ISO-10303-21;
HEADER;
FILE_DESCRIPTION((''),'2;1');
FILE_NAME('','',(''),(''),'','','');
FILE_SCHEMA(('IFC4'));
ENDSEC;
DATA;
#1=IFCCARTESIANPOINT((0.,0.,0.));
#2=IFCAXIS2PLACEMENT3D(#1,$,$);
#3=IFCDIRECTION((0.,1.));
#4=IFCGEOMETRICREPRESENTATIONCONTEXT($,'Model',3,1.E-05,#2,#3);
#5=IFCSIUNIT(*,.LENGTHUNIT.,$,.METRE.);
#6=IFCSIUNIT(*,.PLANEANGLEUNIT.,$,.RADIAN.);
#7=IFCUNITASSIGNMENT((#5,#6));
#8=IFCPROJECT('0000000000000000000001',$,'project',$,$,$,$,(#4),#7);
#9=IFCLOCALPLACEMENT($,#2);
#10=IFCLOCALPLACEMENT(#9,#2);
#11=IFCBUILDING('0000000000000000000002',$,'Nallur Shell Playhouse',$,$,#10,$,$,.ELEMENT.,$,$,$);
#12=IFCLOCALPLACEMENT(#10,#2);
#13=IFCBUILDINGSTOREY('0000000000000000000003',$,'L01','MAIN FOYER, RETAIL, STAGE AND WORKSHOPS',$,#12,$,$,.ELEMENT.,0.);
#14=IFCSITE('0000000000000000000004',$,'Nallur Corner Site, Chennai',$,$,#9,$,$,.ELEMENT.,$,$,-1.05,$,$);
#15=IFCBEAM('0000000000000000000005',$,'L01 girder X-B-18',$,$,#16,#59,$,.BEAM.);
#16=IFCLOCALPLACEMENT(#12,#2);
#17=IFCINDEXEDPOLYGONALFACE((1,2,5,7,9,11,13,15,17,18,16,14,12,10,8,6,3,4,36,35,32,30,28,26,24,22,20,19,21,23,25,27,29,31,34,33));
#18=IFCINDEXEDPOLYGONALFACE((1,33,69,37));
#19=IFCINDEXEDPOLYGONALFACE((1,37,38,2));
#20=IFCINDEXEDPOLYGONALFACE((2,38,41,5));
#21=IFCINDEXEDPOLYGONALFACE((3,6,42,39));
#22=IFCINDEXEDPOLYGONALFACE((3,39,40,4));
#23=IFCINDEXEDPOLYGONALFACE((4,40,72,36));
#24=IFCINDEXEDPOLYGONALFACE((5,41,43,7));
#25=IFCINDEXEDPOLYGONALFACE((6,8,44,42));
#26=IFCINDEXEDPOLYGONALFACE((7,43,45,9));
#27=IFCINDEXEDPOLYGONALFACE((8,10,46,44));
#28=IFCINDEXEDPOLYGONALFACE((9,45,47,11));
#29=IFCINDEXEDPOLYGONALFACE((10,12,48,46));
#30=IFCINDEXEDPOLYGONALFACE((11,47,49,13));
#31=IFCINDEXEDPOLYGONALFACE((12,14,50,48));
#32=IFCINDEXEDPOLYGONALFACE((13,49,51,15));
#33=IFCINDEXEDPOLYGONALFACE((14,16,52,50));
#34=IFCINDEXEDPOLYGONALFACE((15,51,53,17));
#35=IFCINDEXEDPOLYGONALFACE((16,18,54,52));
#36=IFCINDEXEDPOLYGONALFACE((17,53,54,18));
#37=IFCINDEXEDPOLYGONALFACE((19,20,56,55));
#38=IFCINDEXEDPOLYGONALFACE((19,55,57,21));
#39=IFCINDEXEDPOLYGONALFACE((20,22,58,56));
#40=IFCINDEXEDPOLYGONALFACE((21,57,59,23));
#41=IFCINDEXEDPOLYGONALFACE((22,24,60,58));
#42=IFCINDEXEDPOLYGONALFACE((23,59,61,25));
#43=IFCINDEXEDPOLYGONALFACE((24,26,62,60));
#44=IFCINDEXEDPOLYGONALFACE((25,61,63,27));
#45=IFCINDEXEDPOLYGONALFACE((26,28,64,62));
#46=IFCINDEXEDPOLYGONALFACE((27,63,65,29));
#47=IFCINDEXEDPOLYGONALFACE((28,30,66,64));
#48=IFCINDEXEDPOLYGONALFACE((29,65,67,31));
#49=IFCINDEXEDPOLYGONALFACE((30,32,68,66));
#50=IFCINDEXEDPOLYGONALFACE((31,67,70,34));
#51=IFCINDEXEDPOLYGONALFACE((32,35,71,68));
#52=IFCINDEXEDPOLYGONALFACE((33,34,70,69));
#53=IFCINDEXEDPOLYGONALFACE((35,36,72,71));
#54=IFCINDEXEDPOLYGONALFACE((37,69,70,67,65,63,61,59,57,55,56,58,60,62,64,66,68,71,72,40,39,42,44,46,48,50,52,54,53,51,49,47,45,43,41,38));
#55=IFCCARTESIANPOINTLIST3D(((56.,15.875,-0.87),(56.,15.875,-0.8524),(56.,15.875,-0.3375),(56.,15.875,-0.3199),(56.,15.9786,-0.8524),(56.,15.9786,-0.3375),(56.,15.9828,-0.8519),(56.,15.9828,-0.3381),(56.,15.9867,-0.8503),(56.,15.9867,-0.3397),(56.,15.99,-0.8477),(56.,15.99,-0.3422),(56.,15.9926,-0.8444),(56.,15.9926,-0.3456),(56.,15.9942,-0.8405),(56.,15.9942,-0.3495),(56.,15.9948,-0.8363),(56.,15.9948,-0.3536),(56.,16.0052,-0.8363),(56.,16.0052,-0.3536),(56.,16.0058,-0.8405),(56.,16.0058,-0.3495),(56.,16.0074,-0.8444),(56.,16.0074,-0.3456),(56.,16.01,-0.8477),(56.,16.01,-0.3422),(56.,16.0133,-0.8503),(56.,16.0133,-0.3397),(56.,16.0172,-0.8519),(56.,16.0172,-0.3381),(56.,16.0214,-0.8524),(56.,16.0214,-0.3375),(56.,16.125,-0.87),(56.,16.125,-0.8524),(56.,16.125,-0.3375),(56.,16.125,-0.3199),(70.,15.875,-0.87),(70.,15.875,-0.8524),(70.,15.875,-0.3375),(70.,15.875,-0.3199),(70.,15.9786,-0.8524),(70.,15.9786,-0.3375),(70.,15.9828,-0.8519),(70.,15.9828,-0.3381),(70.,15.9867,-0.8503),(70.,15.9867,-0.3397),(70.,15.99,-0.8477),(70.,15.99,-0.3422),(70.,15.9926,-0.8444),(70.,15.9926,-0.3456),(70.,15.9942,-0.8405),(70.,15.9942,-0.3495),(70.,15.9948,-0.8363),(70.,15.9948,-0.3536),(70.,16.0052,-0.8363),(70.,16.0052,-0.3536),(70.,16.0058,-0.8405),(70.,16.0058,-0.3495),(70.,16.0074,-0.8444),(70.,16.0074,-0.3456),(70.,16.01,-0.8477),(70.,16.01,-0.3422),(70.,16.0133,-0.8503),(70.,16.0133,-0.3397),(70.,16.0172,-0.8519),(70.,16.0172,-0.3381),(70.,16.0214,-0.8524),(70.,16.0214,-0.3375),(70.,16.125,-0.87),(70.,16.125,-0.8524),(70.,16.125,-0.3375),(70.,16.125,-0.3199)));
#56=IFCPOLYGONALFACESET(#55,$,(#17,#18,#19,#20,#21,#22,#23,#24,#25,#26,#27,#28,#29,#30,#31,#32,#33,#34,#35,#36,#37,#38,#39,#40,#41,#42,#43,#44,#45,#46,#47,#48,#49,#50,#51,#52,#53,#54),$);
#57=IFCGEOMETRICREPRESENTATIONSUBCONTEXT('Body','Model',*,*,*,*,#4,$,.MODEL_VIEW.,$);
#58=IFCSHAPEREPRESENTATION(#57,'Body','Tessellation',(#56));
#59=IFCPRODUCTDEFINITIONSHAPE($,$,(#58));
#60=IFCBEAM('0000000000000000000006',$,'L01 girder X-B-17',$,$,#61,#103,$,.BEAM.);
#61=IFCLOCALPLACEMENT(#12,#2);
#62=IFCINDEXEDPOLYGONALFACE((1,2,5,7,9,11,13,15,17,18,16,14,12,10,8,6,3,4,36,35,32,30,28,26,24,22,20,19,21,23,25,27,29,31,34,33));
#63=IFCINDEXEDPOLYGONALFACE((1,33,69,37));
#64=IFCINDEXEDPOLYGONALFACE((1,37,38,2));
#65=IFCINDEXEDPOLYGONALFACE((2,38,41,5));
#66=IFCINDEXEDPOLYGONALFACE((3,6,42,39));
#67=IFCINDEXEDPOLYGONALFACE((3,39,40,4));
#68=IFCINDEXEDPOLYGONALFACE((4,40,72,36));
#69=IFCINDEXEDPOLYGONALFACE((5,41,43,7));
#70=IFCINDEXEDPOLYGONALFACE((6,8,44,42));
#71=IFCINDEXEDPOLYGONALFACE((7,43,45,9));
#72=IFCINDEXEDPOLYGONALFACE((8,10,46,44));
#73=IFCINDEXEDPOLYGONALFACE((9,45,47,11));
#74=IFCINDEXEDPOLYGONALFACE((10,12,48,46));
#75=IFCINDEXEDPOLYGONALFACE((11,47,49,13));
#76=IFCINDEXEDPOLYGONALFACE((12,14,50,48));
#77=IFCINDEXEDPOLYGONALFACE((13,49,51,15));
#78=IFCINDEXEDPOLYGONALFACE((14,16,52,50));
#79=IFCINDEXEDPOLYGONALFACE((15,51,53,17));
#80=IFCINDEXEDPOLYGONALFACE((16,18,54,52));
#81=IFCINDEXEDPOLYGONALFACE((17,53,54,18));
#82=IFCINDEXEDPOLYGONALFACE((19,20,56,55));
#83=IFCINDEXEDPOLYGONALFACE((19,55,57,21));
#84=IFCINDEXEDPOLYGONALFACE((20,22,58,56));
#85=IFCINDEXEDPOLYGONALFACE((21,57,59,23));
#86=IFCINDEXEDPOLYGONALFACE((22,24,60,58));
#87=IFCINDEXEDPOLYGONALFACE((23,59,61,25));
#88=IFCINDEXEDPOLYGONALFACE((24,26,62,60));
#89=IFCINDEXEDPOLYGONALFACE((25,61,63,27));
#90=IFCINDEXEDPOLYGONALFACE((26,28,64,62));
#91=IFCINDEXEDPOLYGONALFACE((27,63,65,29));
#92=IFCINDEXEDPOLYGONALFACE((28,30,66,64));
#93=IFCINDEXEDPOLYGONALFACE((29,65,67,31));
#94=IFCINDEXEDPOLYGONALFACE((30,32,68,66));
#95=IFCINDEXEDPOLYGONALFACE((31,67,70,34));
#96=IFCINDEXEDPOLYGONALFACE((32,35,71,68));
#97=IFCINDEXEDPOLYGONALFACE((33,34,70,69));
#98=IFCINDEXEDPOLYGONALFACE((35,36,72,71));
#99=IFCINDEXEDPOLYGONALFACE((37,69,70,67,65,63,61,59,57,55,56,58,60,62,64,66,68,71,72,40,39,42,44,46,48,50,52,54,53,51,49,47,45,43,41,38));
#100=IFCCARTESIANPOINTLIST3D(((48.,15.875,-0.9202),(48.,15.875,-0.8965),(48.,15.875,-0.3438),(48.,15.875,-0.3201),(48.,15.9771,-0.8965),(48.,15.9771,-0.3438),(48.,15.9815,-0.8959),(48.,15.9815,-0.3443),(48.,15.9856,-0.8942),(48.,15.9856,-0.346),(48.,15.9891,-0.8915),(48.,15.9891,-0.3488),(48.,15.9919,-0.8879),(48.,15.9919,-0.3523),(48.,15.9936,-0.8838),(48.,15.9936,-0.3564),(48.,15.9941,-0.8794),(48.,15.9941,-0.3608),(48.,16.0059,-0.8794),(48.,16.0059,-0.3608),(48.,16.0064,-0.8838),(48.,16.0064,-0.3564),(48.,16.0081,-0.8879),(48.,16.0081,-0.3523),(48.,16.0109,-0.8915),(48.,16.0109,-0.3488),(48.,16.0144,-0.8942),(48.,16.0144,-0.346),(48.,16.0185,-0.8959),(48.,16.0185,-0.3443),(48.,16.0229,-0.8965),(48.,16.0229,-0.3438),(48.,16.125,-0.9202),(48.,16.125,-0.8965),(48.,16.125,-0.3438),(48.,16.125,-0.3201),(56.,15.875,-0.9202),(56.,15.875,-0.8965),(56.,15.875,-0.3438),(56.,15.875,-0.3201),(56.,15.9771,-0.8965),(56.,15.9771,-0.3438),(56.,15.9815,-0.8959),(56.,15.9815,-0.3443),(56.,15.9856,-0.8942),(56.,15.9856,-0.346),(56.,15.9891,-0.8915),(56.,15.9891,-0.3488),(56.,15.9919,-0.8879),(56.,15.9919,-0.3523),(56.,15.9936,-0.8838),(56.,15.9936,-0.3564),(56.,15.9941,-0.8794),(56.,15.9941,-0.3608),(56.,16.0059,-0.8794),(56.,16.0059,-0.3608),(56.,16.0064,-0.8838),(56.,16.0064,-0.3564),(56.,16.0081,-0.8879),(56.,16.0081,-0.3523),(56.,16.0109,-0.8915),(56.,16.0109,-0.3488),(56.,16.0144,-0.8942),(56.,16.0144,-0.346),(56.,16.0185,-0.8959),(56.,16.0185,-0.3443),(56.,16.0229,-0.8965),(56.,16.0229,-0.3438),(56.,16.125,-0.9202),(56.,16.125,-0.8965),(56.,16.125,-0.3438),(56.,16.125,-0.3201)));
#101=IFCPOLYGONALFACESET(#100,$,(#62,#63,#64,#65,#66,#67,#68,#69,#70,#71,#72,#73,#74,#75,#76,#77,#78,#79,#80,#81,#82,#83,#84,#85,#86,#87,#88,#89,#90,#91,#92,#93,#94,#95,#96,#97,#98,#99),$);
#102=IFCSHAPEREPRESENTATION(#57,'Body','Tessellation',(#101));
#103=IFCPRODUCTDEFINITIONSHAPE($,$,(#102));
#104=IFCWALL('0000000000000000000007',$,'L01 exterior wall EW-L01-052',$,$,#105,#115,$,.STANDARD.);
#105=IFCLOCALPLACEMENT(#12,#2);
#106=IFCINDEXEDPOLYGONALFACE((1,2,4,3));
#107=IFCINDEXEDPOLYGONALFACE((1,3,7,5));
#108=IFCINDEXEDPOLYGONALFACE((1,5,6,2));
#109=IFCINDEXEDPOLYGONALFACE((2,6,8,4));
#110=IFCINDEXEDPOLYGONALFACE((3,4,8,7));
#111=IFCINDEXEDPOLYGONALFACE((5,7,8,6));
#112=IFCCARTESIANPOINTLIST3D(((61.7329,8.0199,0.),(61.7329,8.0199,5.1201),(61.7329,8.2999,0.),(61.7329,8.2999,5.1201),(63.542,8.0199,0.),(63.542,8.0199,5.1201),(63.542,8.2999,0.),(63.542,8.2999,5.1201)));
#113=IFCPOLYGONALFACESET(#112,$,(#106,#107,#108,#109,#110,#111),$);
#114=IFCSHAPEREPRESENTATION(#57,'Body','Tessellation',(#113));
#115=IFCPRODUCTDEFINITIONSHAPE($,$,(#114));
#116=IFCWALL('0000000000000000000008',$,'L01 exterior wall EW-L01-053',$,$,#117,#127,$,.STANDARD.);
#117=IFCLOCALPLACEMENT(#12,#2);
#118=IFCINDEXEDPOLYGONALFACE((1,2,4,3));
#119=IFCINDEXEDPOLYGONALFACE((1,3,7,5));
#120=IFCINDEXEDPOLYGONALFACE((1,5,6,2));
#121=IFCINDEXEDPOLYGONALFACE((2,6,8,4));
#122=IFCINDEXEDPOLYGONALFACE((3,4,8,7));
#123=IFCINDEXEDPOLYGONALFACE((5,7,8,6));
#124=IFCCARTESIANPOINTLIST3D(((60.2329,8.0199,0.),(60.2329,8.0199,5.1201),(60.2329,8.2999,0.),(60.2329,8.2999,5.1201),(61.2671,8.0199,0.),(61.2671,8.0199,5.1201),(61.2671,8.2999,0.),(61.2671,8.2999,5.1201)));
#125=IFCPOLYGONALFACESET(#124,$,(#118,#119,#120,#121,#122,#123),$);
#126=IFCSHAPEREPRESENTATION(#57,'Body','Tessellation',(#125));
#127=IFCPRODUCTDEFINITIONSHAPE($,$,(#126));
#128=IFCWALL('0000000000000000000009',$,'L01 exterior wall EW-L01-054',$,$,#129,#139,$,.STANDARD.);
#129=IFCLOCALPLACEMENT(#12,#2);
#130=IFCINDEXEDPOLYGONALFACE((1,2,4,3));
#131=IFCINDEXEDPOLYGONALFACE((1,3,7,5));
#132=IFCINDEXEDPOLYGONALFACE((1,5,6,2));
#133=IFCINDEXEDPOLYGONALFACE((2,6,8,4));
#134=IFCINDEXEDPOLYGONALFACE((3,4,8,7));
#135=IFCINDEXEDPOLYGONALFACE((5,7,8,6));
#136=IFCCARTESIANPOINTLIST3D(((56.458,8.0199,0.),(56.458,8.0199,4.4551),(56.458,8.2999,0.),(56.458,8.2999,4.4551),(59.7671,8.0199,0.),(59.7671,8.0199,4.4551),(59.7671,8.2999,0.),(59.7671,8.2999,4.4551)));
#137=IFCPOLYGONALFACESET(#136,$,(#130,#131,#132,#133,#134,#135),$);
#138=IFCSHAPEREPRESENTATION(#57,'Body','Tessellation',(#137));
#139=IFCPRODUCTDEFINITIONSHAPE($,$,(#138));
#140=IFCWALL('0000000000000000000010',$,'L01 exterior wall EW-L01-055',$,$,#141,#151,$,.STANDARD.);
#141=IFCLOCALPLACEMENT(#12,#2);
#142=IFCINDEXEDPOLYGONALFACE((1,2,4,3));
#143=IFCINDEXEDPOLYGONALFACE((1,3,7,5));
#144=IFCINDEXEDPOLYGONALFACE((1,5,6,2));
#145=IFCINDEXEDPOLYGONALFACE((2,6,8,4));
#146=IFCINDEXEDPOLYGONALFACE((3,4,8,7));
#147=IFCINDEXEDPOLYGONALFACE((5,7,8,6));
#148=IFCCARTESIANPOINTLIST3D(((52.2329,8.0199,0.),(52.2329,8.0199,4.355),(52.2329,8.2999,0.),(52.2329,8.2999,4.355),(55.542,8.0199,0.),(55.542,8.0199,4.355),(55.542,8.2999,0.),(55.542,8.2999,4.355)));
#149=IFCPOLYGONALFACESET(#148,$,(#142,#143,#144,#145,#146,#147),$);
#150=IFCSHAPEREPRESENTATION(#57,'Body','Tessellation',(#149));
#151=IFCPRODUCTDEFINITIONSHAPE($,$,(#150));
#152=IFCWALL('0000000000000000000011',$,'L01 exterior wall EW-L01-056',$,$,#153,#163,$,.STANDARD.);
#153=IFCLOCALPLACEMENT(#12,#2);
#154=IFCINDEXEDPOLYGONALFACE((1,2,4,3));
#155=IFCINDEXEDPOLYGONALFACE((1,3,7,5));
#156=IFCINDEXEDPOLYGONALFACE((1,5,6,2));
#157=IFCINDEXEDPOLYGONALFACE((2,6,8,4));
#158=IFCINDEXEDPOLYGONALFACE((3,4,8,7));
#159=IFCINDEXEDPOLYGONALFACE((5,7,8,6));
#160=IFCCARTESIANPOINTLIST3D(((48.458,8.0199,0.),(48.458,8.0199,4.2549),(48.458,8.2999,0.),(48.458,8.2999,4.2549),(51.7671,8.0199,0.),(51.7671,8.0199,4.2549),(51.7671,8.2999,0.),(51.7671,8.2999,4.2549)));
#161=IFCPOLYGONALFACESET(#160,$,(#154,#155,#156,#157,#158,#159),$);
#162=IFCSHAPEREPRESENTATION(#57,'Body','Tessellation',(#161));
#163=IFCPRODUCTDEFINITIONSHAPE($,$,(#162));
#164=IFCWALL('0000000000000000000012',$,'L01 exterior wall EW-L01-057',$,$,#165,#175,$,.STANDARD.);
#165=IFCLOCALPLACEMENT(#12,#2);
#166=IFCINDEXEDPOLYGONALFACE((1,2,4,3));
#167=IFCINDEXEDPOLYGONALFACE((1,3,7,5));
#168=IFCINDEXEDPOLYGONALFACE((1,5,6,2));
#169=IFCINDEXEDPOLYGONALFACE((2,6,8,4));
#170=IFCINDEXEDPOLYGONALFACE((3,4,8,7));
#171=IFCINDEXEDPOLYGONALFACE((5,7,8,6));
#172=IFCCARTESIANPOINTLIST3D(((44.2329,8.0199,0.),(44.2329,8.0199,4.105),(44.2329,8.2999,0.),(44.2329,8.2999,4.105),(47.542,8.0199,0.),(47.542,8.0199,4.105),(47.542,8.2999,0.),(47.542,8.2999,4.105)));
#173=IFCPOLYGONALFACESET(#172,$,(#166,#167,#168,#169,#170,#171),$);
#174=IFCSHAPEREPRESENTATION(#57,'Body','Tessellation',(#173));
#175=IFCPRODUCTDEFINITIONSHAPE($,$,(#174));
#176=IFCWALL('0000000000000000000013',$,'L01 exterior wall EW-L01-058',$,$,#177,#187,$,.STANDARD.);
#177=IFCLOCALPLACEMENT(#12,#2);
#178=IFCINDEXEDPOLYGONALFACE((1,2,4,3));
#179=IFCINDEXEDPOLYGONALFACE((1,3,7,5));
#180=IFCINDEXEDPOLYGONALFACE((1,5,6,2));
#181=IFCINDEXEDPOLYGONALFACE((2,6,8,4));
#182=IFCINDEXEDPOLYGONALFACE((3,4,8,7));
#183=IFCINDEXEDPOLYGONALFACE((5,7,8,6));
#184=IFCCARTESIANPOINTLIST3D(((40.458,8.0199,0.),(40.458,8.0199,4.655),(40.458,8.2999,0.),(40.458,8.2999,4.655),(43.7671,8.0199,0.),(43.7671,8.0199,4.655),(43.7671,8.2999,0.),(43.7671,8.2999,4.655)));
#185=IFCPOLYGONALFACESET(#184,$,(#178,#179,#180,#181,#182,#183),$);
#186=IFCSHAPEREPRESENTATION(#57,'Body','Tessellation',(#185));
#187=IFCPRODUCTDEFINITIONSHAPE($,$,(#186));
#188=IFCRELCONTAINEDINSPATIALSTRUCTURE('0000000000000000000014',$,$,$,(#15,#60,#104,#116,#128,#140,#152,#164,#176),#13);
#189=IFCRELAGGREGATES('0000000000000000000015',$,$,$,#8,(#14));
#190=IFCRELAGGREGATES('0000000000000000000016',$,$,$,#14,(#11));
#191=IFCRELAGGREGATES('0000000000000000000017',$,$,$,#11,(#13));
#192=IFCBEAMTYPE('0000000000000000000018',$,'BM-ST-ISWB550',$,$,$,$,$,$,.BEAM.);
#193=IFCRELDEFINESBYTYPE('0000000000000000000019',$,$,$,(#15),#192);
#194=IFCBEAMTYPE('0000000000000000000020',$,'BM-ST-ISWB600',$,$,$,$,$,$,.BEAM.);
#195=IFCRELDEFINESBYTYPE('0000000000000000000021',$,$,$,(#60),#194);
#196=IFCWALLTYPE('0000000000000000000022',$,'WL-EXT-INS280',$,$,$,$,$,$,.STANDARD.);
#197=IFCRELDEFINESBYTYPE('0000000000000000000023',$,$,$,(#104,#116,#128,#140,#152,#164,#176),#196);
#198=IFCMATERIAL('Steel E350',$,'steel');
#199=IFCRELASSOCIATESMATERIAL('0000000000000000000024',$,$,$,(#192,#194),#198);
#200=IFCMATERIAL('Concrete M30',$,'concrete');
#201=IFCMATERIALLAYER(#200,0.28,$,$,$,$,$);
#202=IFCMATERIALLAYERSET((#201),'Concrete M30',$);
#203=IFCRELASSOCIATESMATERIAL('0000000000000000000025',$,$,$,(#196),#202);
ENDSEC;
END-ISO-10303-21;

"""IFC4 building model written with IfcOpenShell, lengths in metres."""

from ifc_helpers import new_model, si_unit, direction, frame, frame_2d, origin, origin_2d, place, context, subcontext, project, spatial, rectangle, i_section, extrude, material, layer, layer_set, material_profile, profile_set, type_object, element, save


model = new_model("IFC4")

# Units and contexts
model_context = context("Model", 3, precision=1e-05, world=origin(), true_north=direction((0.0, 1.0)))
body_context = subcontext(model_context, "Body", "Model", "MODEL_VIEW")
ifc_project = project(units=[si_unit("LENGTHUNIT", "METRE"), si_unit("PLANEANGLEUNIT", "RADIAN")], contexts=[model_context])

# Site, building, storey
site_placement = place(None, origin())
site = spatial("IfcSite", under=ifc_project, at=site_placement, Name="Nallur Corner Site, Chennai", CompositionType="ELEMENT", RefElevation=-1.05)
building_placement = place(site_placement, origin())
building = spatial("IfcBuilding", under=site, at=building_placement, Name="Nallur Shell Playhouse", CompositionType="ELEMENT")
storey_placement = place(building_placement, origin())
storey = spatial("IfcBuildingStorey", under=building, at=storey_placement, Name="L01", Description="MAIN FOYER, RETAIL, STAGE AND WORKSHOPS", CompositionType="ELEMENT", Elevation=0.0)

# Shared definitions
ifc_material_1 = material(Name="Concrete M30", Category="concrete")

# Beams
ifc_material_2 = material(Name="Steel E350", Category="steel")
ifc_material_profile_1 = material_profile(ifc_material_2, i_section(OverallWidth=0.25, OverallDepth=0.55, WebThickness=0.0105, FlangeThickness=0.0176, FilletRadius=0.0161, at=origin_2d()), Name="ISWB 550")
ifc_profile_set_1 = profile_set([ifc_material_profile_1], Name="Steel E350")
beam_type_1 = type_object("IfcBeamType", Name="BM-ST-ISWB550", PredefinedType="BEAM", material=ifc_profile_set_1)
beam_1_placement = place(storey_placement, frame((56.0, 16.0, -0.595), z_axis=(1.0, 0.0, 0.0), x_axis=(0.0, 1.0, 0.0)))
element("IfcBeam", 1, at=beam_1_placement, inside=storey, type_object=beam_type_1, Name="L01 girder X-B-18", PredefinedType="BEAM", context=body_context, shape_type="SweptSolid", body=[
    extrude(i_section(OverallWidth=0.25, OverallDepth=0.55, WebThickness=0.0105, FlangeThickness=0.0176, FilletRadius=0.0161, at=origin_2d()), origin(), (0.0, 0.0, 1.0), 14.0),
])
ifc_material_profile_2 = material_profile(ifc_material_2, i_section(OverallWidth=0.25, OverallDepth=0.6001, WebThickness=0.0117, FlangeThickness=0.0237, FilletRadius=0.0171, at=origin_2d()), Name="ISWB 600")
ifc_profile_set_2 = profile_set([ifc_material_profile_2], Name="Steel E350")
beam_type_2 = type_object("IfcBeamType", Name="BM-ST-ISWB600", PredefinedType="BEAM", material=ifc_profile_set_2)
beam_2_placement = place(storey_placement, frame((48.0, 16.0, -0.6201), z_axis=(1.0, 0.0, 0.0), x_axis=(0.0, 1.0, 0.0)))
element("IfcBeam", 2, at=beam_2_placement, inside=storey, type_object=beam_type_2, Name="L01 girder X-B-17", PredefinedType="BEAM", context=body_context, shape_type="SweptSolid", body=[
    extrude(i_section(OverallWidth=0.25, OverallDepth=0.6001, WebThickness=0.0117, FlangeThickness=0.0237, FilletRadius=0.0171, at=origin_2d()), origin(), (0.0, 0.0, 1.0), 8.0),
])

# Walls
ifc_layer = layer(ifc_material_1, 0.28)
ifc_layer_set = layer_set([ifc_layer], Name="Concrete M30")
wall_type = type_object("IfcWallType", Name="WL-EXT-INS280", PredefinedType="STANDARD", material=ifc_layer_set)
wall_1_placement = place(storey_placement, frame((63.542, 8.1599, 0.0), z_axis=(0.0, 0.0, 1.0), x_axis=(-1.0, 0.0, 0.0)))
element("IfcWall", 3, at=wall_1_placement, inside=storey, type_object=wall_type, Name="L01 exterior wall EW-L01-052", PredefinedType="STANDARD", context=body_context, shape_type="SweptSolid", body=[
    extrude(rectangle(XDim=1.8091, YDim=0.28, at=frame_2d((0.9045, 0.0))), origin(), (0.0, 0.0, 1.0), 5.1201),
])
wall_2_placement = place(storey_placement, frame((61.2671, 8.1599, 0.0), z_axis=(0.0, 0.0, 1.0), x_axis=(-1.0, 0.0, 0.0)))
element("IfcWall", 4, at=wall_2_placement, inside=storey, type_object=wall_type, Name="L01 exterior wall EW-L01-053", PredefinedType="STANDARD", context=body_context, shape_type="SweptSolid", body=[
    extrude(rectangle(XDim=1.0342, YDim=0.28, at=frame_2d((0.5171, 0.0))), origin(), (0.0, 0.0, 1.0), 5.1201),
])
wall_3_placement = place(storey_placement, frame((59.7671, 8.1599, 0.0), z_axis=(0.0, 0.0, 1.0), x_axis=(-1.0, 0.0, 0.0)))
element("IfcWall", 5, at=wall_3_placement, inside=storey, type_object=wall_type, Name="L01 exterior wall EW-L01-054", PredefinedType="STANDARD", context=body_context, shape_type="SweptSolid", body=[
    extrude(rectangle(XDim=3.3091, YDim=0.28, at=frame_2d((1.6545, 0.0))), origin(), (0.0, 0.0, 1.0), 4.4551),
])
wall_4_placement = place(storey_placement, frame((55.542, 8.1599, 0.0), z_axis=(0.0, 0.0, 1.0), x_axis=(-1.0, 0.0, 0.0)))
element("IfcWall", 6, at=wall_4_placement, inside=storey, type_object=wall_type, Name="L01 exterior wall EW-L01-055", PredefinedType="STANDARD", context=body_context, shape_type="SweptSolid", body=[
    extrude(rectangle(XDim=3.3091, YDim=0.28, at=frame_2d((1.6545, 0.0))), origin(), (0.0, 0.0, 1.0), 4.355),
])
wall_5_placement = place(storey_placement, frame((51.7671, 8.1599, 0.0), z_axis=(0.0, 0.0, 1.0), x_axis=(-1.0, 0.0, 0.0)))
element("IfcWall", 7, at=wall_5_placement, inside=storey, type_object=wall_type, Name="L01 exterior wall EW-L01-056", PredefinedType="STANDARD", context=body_context, shape_type="SweptSolid", body=[
    extrude(rectangle(XDim=3.3091, YDim=0.28, at=frame_2d((1.6545, 0.0))), origin(), (0.0, 0.0, 1.0), 4.2549),
])
wall_6_placement = place(storey_placement, frame((47.542, 8.1599, 0.0), z_axis=(0.0, 0.0, 1.0), x_axis=(-1.0, 0.0, 0.0)))
element("IfcWall", 8, at=wall_6_placement, inside=storey, type_object=wall_type, Name="L01 exterior wall EW-L01-057", PredefinedType="STANDARD", context=body_context, shape_type="SweptSolid", body=[
    extrude(rectangle(XDim=3.3091, YDim=0.28, at=frame_2d((1.6545, 0.0))), origin(), (0.0, 0.0, 1.0), 4.105),
])
wall_7_placement = place(storey_placement, frame((43.7671, 8.1599, 0.0), z_axis=(0.0, 0.0, 1.0), x_axis=(-1.0, 0.0, 0.0)))
element("IfcWall", 9, at=wall_7_placement, inside=storey, type_object=wall_type, Name="L01 exterior wall EW-L01-058", PredefinedType="STANDARD", context=body_context, shape_type="SweptSolid", body=[
    extrude(rectangle(XDim=3.3091, YDim=0.28, at=frame_2d((1.6545, 0.0))), origin(), (0.0, 0.0, 1.0), 4.655),
])

save(model, "model.ifc")
